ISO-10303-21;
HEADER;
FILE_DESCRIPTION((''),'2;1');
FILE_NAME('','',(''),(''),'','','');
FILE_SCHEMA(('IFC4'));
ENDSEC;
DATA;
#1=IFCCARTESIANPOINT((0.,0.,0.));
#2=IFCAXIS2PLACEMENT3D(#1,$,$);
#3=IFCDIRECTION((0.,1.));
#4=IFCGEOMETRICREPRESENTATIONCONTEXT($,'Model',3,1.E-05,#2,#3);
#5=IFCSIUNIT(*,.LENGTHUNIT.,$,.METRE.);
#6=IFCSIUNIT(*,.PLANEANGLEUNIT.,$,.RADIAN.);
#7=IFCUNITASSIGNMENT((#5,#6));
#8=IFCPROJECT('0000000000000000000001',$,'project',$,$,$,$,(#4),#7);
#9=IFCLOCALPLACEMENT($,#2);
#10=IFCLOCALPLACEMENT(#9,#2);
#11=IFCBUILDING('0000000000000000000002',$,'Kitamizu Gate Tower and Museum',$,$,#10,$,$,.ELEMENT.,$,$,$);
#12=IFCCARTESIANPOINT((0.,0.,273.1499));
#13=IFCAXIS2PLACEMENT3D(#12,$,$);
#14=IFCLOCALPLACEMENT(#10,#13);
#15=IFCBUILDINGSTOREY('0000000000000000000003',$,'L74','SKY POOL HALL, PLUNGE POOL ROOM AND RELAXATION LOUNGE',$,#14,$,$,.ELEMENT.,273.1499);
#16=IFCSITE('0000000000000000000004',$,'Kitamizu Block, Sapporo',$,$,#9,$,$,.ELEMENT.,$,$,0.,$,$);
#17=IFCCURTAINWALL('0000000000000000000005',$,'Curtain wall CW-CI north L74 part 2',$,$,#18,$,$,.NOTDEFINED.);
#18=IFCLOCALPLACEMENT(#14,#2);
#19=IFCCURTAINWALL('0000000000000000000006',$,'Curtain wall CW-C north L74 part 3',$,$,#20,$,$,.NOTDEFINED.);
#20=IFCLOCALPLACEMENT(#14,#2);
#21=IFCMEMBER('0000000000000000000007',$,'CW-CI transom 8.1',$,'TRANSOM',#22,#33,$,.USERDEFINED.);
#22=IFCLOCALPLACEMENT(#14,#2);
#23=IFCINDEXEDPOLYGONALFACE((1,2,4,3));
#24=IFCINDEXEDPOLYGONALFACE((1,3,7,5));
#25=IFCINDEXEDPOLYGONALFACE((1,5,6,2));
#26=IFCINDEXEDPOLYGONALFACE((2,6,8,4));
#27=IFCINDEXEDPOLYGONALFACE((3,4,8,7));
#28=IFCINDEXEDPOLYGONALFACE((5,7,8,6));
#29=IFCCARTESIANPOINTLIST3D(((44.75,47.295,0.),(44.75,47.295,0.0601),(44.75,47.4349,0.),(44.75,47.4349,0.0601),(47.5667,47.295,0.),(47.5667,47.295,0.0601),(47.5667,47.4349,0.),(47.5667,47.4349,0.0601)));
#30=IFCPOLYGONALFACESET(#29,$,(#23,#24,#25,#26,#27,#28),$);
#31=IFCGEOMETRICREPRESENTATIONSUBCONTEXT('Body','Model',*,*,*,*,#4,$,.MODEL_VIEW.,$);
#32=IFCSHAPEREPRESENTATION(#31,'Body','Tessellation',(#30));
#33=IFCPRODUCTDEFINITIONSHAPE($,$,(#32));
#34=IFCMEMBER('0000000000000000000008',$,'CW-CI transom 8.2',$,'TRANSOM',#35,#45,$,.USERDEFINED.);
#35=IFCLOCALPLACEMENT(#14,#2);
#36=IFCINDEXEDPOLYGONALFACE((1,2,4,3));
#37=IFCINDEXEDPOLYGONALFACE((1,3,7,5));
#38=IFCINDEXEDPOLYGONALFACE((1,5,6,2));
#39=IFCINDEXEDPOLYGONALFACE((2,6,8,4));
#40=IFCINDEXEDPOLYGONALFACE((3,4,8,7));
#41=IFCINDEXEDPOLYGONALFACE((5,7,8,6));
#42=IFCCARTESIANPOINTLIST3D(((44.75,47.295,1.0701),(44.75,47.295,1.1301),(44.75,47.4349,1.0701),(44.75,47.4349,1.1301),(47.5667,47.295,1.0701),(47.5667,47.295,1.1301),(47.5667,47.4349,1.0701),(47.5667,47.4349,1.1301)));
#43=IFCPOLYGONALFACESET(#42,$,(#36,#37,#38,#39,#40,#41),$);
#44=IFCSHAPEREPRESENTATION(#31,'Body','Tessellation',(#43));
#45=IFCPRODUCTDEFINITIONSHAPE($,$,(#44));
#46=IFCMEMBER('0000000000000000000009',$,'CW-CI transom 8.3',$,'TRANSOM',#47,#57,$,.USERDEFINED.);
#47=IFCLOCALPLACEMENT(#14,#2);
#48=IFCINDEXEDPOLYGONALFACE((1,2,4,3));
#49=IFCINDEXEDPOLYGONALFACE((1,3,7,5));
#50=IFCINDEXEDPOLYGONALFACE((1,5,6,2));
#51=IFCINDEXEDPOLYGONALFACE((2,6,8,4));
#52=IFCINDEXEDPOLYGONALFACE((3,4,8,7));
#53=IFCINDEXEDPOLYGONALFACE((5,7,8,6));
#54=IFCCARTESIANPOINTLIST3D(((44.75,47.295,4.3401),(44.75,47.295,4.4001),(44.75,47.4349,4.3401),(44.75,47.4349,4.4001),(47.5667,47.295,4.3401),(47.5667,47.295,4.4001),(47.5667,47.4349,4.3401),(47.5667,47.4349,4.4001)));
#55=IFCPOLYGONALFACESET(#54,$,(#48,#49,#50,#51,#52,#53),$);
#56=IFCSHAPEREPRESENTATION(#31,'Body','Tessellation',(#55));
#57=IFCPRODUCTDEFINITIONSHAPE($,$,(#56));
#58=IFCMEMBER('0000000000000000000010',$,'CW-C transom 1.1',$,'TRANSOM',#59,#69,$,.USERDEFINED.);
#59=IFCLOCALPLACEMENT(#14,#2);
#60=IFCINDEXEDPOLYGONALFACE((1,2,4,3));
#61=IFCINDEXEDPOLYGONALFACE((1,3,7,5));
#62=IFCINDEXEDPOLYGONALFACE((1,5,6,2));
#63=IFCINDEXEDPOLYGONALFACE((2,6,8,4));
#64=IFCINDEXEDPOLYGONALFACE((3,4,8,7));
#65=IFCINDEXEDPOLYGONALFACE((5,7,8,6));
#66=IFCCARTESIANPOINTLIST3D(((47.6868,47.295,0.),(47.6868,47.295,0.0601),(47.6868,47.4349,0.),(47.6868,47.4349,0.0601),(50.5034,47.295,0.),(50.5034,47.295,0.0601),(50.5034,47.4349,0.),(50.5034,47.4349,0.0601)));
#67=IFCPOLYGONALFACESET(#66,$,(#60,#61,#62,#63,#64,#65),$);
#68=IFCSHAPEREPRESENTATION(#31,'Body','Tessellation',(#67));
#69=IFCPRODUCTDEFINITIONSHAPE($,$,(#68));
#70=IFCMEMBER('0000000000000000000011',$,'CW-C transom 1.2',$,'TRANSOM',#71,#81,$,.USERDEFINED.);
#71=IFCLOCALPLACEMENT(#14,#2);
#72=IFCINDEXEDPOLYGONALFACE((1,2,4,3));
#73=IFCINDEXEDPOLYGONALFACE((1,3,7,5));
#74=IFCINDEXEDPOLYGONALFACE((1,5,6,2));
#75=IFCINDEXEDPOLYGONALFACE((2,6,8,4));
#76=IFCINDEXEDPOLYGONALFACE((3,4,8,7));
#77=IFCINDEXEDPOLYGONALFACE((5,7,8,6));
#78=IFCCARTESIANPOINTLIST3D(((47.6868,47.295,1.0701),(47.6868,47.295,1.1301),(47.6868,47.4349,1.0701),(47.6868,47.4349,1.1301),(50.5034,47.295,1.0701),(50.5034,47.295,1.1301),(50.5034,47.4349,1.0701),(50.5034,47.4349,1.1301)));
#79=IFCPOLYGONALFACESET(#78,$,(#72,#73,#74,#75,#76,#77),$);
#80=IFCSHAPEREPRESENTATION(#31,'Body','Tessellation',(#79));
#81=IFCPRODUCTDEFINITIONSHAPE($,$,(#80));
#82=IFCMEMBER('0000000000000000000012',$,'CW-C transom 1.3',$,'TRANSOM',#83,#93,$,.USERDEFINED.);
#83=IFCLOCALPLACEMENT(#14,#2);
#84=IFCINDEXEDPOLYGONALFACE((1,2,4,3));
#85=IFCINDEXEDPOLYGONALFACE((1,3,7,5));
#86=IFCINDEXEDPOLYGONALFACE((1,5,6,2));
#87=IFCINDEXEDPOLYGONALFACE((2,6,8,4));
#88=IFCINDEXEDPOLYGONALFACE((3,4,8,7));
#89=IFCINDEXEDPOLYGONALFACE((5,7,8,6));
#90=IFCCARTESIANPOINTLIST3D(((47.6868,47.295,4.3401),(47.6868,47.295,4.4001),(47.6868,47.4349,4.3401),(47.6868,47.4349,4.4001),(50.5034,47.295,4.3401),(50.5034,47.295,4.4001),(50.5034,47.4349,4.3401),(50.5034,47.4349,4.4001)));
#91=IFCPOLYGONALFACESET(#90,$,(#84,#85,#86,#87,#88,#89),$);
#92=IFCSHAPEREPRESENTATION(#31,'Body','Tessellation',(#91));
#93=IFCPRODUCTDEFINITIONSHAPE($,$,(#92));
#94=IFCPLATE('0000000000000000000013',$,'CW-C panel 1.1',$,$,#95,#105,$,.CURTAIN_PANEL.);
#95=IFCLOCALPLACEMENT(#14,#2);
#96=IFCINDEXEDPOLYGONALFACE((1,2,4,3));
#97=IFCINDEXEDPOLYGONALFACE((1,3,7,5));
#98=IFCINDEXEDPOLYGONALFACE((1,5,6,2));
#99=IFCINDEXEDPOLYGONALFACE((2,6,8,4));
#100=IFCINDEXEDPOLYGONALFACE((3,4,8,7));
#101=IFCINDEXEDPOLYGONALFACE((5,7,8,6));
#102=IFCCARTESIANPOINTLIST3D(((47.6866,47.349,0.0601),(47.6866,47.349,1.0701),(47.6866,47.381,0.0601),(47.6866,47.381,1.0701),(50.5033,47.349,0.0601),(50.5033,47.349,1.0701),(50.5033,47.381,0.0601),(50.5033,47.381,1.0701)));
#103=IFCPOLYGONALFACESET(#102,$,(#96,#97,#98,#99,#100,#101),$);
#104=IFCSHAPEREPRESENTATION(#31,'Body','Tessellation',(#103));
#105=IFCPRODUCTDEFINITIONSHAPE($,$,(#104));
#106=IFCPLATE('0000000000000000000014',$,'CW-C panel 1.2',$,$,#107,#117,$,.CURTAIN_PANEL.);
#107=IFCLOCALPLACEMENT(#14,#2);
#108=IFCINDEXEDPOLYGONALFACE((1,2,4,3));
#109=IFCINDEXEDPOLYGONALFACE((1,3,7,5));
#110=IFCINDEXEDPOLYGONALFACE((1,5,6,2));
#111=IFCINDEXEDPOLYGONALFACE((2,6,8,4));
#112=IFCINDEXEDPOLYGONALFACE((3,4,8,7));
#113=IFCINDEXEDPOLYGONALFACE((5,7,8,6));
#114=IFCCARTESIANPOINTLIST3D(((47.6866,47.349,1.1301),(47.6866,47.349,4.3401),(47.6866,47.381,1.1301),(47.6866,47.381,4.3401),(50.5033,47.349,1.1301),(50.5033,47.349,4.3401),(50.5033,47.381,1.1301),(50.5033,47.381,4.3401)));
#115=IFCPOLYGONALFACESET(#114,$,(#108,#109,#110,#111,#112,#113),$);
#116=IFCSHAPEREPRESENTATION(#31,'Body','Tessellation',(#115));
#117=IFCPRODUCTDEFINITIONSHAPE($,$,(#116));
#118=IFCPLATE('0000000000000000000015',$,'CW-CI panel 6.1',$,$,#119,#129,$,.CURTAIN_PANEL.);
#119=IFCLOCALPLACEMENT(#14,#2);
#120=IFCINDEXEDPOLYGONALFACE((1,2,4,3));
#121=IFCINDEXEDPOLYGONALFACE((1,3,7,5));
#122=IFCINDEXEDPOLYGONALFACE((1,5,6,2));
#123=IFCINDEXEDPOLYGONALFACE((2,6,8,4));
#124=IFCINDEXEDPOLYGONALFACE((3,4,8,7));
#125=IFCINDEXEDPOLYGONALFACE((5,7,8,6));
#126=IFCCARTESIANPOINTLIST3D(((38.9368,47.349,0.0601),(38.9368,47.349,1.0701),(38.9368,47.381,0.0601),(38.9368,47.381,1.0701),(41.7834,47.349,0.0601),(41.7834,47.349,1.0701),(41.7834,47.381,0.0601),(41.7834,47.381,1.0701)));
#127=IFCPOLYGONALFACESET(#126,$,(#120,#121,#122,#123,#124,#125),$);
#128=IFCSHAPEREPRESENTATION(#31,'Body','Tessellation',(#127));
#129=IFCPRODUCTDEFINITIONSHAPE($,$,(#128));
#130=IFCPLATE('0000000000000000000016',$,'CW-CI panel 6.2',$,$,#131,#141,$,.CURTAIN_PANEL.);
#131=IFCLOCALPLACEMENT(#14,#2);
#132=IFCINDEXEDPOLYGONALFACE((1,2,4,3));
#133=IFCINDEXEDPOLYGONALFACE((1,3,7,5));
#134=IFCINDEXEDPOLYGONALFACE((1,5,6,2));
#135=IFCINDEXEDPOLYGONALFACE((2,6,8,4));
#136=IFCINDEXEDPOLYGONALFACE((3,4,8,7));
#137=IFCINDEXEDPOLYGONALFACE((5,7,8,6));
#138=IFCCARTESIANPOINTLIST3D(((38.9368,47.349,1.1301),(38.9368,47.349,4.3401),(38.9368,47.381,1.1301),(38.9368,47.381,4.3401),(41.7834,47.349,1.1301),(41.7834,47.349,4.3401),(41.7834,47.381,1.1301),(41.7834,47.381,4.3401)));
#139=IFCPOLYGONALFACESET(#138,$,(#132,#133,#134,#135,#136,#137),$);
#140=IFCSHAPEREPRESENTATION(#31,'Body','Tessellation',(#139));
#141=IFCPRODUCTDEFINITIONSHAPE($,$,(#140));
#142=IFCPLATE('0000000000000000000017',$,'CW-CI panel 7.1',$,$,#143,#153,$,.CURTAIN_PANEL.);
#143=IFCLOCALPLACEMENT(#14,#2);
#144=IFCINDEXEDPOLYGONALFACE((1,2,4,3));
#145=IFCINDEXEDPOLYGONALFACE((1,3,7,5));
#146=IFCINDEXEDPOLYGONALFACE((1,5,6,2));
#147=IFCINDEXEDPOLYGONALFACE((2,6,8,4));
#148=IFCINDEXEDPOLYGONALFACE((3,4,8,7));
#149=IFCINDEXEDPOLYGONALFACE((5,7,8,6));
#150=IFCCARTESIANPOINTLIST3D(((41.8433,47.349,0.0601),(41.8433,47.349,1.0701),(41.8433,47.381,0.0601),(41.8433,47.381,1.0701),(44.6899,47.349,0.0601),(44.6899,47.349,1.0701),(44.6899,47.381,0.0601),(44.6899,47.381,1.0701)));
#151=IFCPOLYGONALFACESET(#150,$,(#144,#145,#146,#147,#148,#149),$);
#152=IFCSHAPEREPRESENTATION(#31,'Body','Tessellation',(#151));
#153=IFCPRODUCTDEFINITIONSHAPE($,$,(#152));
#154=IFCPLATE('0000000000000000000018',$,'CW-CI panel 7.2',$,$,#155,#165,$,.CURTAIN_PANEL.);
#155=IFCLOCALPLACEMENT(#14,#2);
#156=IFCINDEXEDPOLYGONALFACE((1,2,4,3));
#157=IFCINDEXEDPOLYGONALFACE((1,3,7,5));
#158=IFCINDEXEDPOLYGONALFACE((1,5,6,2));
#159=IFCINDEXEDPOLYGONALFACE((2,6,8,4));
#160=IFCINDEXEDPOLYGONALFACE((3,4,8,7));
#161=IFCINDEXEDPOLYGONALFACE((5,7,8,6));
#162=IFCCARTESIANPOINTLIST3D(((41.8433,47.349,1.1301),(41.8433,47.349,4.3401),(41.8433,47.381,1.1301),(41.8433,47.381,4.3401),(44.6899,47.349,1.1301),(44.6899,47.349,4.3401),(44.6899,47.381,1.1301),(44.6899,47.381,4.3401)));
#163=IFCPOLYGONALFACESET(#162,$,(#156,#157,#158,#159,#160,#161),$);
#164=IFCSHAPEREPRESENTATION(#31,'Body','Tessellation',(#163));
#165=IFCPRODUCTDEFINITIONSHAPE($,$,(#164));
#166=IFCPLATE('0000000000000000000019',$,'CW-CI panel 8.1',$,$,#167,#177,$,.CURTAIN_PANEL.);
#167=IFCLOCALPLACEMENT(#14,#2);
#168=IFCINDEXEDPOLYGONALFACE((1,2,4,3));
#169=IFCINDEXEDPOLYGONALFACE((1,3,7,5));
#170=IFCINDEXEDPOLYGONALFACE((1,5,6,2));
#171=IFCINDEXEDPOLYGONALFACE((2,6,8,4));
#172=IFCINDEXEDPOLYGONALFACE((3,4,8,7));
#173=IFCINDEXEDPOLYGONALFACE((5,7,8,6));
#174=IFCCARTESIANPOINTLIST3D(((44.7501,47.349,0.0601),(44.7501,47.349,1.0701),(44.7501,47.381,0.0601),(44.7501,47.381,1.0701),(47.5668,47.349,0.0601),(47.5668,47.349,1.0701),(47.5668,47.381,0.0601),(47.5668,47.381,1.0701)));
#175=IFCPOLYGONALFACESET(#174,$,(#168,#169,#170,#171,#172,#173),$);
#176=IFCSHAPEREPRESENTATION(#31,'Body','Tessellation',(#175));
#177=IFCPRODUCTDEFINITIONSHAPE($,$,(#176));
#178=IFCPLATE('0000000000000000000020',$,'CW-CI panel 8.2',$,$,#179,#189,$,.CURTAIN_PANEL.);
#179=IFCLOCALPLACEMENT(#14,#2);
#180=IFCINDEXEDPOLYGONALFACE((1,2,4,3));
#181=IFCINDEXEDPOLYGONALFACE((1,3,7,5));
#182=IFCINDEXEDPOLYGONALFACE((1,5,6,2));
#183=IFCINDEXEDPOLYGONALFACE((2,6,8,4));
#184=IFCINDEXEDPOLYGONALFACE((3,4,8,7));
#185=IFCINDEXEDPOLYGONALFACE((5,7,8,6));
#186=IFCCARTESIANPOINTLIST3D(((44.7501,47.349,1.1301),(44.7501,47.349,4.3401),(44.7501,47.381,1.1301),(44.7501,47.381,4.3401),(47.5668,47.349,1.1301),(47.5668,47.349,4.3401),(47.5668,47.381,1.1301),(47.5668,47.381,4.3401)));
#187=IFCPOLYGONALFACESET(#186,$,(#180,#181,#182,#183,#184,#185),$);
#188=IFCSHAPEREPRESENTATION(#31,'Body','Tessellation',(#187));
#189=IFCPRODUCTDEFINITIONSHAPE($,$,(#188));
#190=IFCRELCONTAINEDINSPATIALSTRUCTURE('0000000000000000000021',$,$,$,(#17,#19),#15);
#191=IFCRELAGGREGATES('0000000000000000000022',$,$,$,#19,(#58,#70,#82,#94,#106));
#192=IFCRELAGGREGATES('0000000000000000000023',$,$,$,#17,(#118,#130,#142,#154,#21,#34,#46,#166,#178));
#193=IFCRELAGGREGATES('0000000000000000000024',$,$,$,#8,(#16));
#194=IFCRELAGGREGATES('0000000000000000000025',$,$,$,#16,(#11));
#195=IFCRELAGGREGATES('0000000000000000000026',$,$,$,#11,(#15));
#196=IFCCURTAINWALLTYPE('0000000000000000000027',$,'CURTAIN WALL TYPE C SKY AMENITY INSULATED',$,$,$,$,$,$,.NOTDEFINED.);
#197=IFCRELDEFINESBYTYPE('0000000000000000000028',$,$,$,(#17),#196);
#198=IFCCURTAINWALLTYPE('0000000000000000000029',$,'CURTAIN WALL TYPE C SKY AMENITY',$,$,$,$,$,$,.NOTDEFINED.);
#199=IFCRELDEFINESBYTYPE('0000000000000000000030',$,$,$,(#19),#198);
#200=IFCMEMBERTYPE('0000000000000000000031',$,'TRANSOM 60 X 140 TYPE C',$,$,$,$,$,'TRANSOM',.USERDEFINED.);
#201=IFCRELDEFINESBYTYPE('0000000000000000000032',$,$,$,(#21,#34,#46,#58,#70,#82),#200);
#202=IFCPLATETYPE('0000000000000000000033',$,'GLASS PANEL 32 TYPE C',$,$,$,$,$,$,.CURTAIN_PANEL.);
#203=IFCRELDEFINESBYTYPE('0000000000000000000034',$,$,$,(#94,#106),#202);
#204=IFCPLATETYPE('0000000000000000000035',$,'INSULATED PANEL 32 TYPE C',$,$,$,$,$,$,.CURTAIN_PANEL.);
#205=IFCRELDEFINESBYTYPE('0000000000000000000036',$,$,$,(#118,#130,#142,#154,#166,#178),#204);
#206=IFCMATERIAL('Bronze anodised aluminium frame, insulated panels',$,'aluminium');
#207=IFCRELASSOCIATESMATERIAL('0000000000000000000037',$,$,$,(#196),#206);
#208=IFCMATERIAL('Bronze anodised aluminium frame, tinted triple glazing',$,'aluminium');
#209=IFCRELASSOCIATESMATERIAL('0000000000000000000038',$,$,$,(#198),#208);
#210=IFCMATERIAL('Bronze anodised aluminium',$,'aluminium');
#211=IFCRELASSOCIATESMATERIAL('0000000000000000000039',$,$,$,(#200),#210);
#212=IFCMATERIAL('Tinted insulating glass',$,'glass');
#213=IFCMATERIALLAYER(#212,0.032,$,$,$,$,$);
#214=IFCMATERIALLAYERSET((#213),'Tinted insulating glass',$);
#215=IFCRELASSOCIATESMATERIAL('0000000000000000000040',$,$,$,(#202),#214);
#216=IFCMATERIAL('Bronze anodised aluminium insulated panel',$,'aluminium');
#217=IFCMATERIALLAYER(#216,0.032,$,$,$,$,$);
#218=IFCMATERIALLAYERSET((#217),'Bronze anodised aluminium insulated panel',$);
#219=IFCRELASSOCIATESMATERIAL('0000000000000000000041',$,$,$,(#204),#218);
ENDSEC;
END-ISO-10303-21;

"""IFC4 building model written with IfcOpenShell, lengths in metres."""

from ifc_helpers import new_model, si_unit, direction, frame, origin, origin_2d, place, context, subcontext, project, spatial, rectangle, extrude, material, layer, layer_set, material_profile, profile_set, type_object, element, aggregate, save


model = new_model("IFC4")

# Units and contexts
model_context = context("Model", 3, precision=1e-05, world=origin(), true_north=direction((0.0, 1.0)))
body_context = subcontext(model_context, "Body", "Model", "MODEL_VIEW")
ifc_project = project(units=[si_unit("LENGTHUNIT", "METRE"), si_unit("PLANEANGLEUNIT", "RADIAN")], contexts=[model_context])

# Site, building, storey
site_placement = place(None, origin())
site = spatial("IfcSite", under=ifc_project, at=site_placement, Name="Kitamizu Block, Sapporo", CompositionType="ELEMENT", RefElevation=0.0)
building_placement = place(site_placement, origin())
building = spatial("IfcBuilding", under=site, at=building_placement, Name="Kitamizu Gate Tower and Museum", CompositionType="ELEMENT")
storey_placement = place(building_placement, frame((0.0, 0.0, 273.1499)))
storey = spatial("IfcBuildingStorey", under=building, at=storey_placement, Name="L74", Description="SKY POOL HALL, PLUNGE POOL ROOM AND RELAXATION LOUNGE", CompositionType="ELEMENT", Elevation=273.1499)

# Curtain walls
ifc_material_1 = material(Name="Bronze anodised aluminium frame, insulated panels", Category="aluminium")
curtain_wall_type_1 = type_object("IfcCurtainWallType", Name="CURTAIN WALL TYPE C SKY AMENITY INSULATED", PredefinedType="NOTDEFINED", material=ifc_material_1)
curtain_wall_1_placement = place(storey_placement, origin())
curtain_wall_1 = element("IfcCurtainWall", 1, at=curtain_wall_1_placement, inside=storey, type_object=curtain_wall_type_1, Name="Curtain wall CW-CI north L74 part 2", PredefinedType="NOTDEFINED")
ifc_material_2 = material(Name="Bronze anodised aluminium frame, tinted triple glazing", Category="aluminium")
curtain_wall_type_2 = type_object("IfcCurtainWallType", Name="CURTAIN WALL TYPE C SKY AMENITY", PredefinedType="NOTDEFINED", material=ifc_material_2)
curtain_wall_2_placement = place(storey_placement, origin())
curtain_wall_2 = element("IfcCurtainWall", 2, at=curtain_wall_2_placement, inside=storey, type_object=curtain_wall_type_2, Name="Curtain wall CW-C north L74 part 3", PredefinedType="NOTDEFINED")

# Members
ifc_material_3 = material(Name="Bronze anodised aluminium", Category="aluminium")
ifc_material_profile_1 = material_profile(ifc_material_3, rectangle(XDim=0.1399, YDim=0.0601, at=origin_2d()), Name="AL 60X140")
ifc_profile_set_1 = profile_set([ifc_material_profile_1], Name="Bronze anodised aluminium")
member_type_1 = type_object("IfcMemberType", Name="TRANSOM 60 X 140 TYPE C", ElementType="TRANSOM", PredefinedType="USERDEFINED", material=ifc_profile_set_1)
member_1_placement = place(storey_placement, frame((44.75, 47.365, 0.03), z_axis=(1.0, 0.0, 0.0), x_axis=(0.0, 1.0, 0.0)))
member_1 = element("IfcMember", 3, at=member_1_placement, type_object=member_type_1, Name="CW-CI transom 8.1", ObjectType="TRANSOM", PredefinedType="USERDEFINED", context=body_context, shape_type="SweptSolid", body=[
    extrude(rectangle(XDim=0.1399, YDim=0.0601, at=origin_2d()), origin(), (0.0, 0.0, 1.0), 2.8167),
])
member_2_placement = place(storey_placement, frame((44.75, 47.365, 1.1001), z_axis=(1.0, 0.0, 0.0), x_axis=(0.0, 1.0, 0.0)))
member_2 = element("IfcMember", 4, at=member_2_placement, type_object=member_type_1, Name="CW-CI transom 8.2", ObjectType="TRANSOM", PredefinedType="USERDEFINED", context=body_context, shape_type="SweptSolid", body=[
    extrude(rectangle(XDim=0.1399, YDim=0.0601, at=origin_2d()), origin(), (0.0, 0.0, 1.0), 2.8167),
])
member_3_placement = place(storey_placement, frame((44.75, 47.365, 4.3701), z_axis=(1.0, 0.0, 0.0), x_axis=(0.0, 1.0, 0.0)))
member_3 = element("IfcMember", 5, at=member_3_placement, type_object=member_type_1, Name="CW-CI transom 8.3", ObjectType="TRANSOM", PredefinedType="USERDEFINED", context=body_context, shape_type="SweptSolid", body=[
    extrude(rectangle(XDim=0.1399, YDim=0.0601, at=origin_2d()), origin(), (0.0, 0.0, 1.0), 2.8167),
])
member_4_placement = place(storey_placement, frame((47.6868, 47.365, 0.03), z_axis=(1.0, 0.0, 0.0), x_axis=(0.0, 1.0, 0.0)))
member_4 = element("IfcMember", 6, at=member_4_placement, type_object=member_type_1, Name="CW-C transom 1.1", ObjectType="TRANSOM", PredefinedType="USERDEFINED", context=body_context, shape_type="SweptSolid", body=[
    extrude(rectangle(XDim=0.1399, YDim=0.0601, at=origin_2d()), origin(), (0.0, 0.0, 1.0), 2.8167),
])
member_5_placement = place(storey_placement, frame((47.6868, 47.365, 1.1001), z_axis=(1.0, 0.0, 0.0), x_axis=(0.0, 1.0, 0.0)))
member_5 = element("IfcMember", 7, at=member_5_placement, type_object=member_type_1, Name="CW-C transom 1.2", ObjectType="TRANSOM", PredefinedType="USERDEFINED", context=body_context, shape_type="SweptSolid", body=[
    extrude(rectangle(XDim=0.1399, YDim=0.0601, at=origin_2d()), origin(), (0.0, 0.0, 1.0), 2.8167),
])
member_6_placement = place(storey_placement, frame((47.6868, 47.365, 4.3701), z_axis=(1.0, 0.0, 0.0), x_axis=(0.0, 1.0, 0.0)))
member_6 = element("IfcMember", 8, at=member_6_placement, type_object=member_type_1, Name="CW-C transom 1.3", ObjectType="TRANSOM", PredefinedType="USERDEFINED", context=body_context, shape_type="SweptSolid", body=[
    extrude(rectangle(XDim=0.1399, YDim=0.0601, at=origin_2d()), origin(), (0.0, 0.0, 1.0), 2.8167),
])

# Plates
ifc_material_4 = material(Name="Tinted insulating glass", Category="glass")
ifc_layer_1 = layer(ifc_material_4, 0.032)
ifc_layer_set_1 = layer_set([ifc_layer_1], Name="Tinted insulating glass")
plate_type_1 = type_object("IfcPlateType", Name="GLASS PANEL 32 TYPE C", PredefinedType="CURTAIN_PANEL", material=ifc_layer_set_1)
plate_1_placement = place(storey_placement, frame((49.095, 47.365, 0.0601), z_axis=(0.0, 0.0, 1.0), x_axis=(1.0, 0.0, 0.0)))
plate_1 = element("IfcPlate", 9, at=plate_1_placement, type_object=plate_type_1, Name="CW-C panel 1.1", PredefinedType="CURTAIN_PANEL", context=body_context, shape_type="SweptSolid", body=[
    extrude(rectangle(XDim=2.8167, YDim=0.032, at=origin_2d()), origin(), (0.0, 0.0, 1.0), 1.01),
])
plate_2_placement = place(storey_placement, frame((49.095, 47.365, 1.1301), z_axis=(0.0, 0.0, 1.0), x_axis=(1.0, 0.0, 0.0)))
plate_2 = element("IfcPlate", 10, at=plate_2_placement, type_object=plate_type_1, Name="CW-C panel 1.2", PredefinedType="CURTAIN_PANEL", context=body_context, shape_type="SweptSolid", body=[
    extrude(rectangle(XDim=2.8167, YDim=0.032, at=origin_2d()), origin(), (0.0, 0.0, 1.0), 3.21),
])
aggregate(curtain_wall_2, [member_4, member_5, member_6, plate_1, plate_2])
ifc_material_5 = material(Name="Bronze anodised aluminium insulated panel", Category="aluminium")
ifc_layer_2 = layer(ifc_material_5, 0.032)
ifc_layer_set_2 = layer_set([ifc_layer_2], Name="Bronze anodised aluminium insulated panel")
plate_type_2 = type_object("IfcPlateType", Name="INSULATED PANEL 32 TYPE C", PredefinedType="CURTAIN_PANEL", material=ifc_layer_set_2)
plate_3_placement = place(storey_placement, frame((40.3601, 47.365, 0.0601), z_axis=(0.0, 0.0, 1.0), x_axis=(1.0, 0.0, 0.0)))
plate_3 = element("IfcPlate", 11, at=plate_3_placement, type_object=plate_type_2, Name="CW-CI panel 6.1", PredefinedType="CURTAIN_PANEL", context=body_context, shape_type="SweptSolid", body=[
    extrude(rectangle(XDim=2.8467, YDim=0.032, at=origin_2d()), origin(), (0.0, 0.0, 1.0), 1.01),
])
plate_4_placement = place(storey_placement, frame((40.3601, 47.365, 1.1301), z_axis=(0.0, 0.0, 1.0), x_axis=(1.0, 0.0, 0.0)))
plate_4 = element("IfcPlate", 12, at=plate_4_placement, type_object=plate_type_2, Name="CW-CI panel 6.2", PredefinedType="CURTAIN_PANEL", context=body_context, shape_type="SweptSolid", body=[
    extrude(rectangle(XDim=2.8467, YDim=0.032, at=origin_2d()), origin(), (0.0, 0.0, 1.0), 3.21),
])
plate_5_placement = place(storey_placement, frame((43.2666, 47.365, 0.0601), z_axis=(0.0, 0.0, 1.0), x_axis=(1.0, 0.0, 0.0)))
plate_5 = element("IfcPlate", 13, at=plate_5_placement, type_object=plate_type_2, Name="CW-CI panel 7.1", PredefinedType="CURTAIN_PANEL", context=body_context, shape_type="SweptSolid", body=[
    extrude(rectangle(XDim=2.8467, YDim=0.032, at=origin_2d()), origin(), (0.0, 0.0, 1.0), 1.01),
])
plate_6_placement = place(storey_placement, frame((43.2666, 47.365, 1.1301), z_axis=(0.0, 0.0, 1.0), x_axis=(1.0, 0.0, 0.0)))
plate_6 = element("IfcPlate", 14, at=plate_6_placement, type_object=plate_type_2, Name="CW-CI panel 7.2", PredefinedType="CURTAIN_PANEL", context=body_context, shape_type="SweptSolid", body=[
    extrude(rectangle(XDim=2.8467, YDim=0.032, at=origin_2d()), origin(), (0.0, 0.0, 1.0), 3.21),
])
plate_7_placement = place(storey_placement, frame((46.1584, 47.365, 0.0601), z_axis=(0.0, 0.0, 1.0), x_axis=(1.0, 0.0, 0.0)))
plate_7 = element("IfcPlate", 15, at=plate_7_placement, type_object=plate_type_2, Name="CW-CI panel 8.1", PredefinedType="CURTAIN_PANEL", context=body_context, shape_type="SweptSolid", body=[
    extrude(rectangle(XDim=2.8167, YDim=0.032, at=origin_2d()), origin(), (0.0, 0.0, 1.0), 1.01),
])
plate_8_placement = place(storey_placement, frame((46.1584, 47.365, 1.1301), z_axis=(0.0, 0.0, 1.0), x_axis=(1.0, 0.0, 0.0)))
plate_8 = element("IfcPlate", 16, at=plate_8_placement, type_object=plate_type_2, Name="CW-CI panel 8.2", PredefinedType="CURTAIN_PANEL", context=body_context, shape_type="SweptSolid", body=[
    extrude(rectangle(XDim=2.8167, YDim=0.032, at=origin_2d()), origin(), (0.0, 0.0, 1.0), 3.21),
])
aggregate(curtain_wall_1, [plate_3, plate_4, plate_5, plate_6, member_1, member_2, member_3, plate_7, plate_8])

save(model, "model.ifc")
